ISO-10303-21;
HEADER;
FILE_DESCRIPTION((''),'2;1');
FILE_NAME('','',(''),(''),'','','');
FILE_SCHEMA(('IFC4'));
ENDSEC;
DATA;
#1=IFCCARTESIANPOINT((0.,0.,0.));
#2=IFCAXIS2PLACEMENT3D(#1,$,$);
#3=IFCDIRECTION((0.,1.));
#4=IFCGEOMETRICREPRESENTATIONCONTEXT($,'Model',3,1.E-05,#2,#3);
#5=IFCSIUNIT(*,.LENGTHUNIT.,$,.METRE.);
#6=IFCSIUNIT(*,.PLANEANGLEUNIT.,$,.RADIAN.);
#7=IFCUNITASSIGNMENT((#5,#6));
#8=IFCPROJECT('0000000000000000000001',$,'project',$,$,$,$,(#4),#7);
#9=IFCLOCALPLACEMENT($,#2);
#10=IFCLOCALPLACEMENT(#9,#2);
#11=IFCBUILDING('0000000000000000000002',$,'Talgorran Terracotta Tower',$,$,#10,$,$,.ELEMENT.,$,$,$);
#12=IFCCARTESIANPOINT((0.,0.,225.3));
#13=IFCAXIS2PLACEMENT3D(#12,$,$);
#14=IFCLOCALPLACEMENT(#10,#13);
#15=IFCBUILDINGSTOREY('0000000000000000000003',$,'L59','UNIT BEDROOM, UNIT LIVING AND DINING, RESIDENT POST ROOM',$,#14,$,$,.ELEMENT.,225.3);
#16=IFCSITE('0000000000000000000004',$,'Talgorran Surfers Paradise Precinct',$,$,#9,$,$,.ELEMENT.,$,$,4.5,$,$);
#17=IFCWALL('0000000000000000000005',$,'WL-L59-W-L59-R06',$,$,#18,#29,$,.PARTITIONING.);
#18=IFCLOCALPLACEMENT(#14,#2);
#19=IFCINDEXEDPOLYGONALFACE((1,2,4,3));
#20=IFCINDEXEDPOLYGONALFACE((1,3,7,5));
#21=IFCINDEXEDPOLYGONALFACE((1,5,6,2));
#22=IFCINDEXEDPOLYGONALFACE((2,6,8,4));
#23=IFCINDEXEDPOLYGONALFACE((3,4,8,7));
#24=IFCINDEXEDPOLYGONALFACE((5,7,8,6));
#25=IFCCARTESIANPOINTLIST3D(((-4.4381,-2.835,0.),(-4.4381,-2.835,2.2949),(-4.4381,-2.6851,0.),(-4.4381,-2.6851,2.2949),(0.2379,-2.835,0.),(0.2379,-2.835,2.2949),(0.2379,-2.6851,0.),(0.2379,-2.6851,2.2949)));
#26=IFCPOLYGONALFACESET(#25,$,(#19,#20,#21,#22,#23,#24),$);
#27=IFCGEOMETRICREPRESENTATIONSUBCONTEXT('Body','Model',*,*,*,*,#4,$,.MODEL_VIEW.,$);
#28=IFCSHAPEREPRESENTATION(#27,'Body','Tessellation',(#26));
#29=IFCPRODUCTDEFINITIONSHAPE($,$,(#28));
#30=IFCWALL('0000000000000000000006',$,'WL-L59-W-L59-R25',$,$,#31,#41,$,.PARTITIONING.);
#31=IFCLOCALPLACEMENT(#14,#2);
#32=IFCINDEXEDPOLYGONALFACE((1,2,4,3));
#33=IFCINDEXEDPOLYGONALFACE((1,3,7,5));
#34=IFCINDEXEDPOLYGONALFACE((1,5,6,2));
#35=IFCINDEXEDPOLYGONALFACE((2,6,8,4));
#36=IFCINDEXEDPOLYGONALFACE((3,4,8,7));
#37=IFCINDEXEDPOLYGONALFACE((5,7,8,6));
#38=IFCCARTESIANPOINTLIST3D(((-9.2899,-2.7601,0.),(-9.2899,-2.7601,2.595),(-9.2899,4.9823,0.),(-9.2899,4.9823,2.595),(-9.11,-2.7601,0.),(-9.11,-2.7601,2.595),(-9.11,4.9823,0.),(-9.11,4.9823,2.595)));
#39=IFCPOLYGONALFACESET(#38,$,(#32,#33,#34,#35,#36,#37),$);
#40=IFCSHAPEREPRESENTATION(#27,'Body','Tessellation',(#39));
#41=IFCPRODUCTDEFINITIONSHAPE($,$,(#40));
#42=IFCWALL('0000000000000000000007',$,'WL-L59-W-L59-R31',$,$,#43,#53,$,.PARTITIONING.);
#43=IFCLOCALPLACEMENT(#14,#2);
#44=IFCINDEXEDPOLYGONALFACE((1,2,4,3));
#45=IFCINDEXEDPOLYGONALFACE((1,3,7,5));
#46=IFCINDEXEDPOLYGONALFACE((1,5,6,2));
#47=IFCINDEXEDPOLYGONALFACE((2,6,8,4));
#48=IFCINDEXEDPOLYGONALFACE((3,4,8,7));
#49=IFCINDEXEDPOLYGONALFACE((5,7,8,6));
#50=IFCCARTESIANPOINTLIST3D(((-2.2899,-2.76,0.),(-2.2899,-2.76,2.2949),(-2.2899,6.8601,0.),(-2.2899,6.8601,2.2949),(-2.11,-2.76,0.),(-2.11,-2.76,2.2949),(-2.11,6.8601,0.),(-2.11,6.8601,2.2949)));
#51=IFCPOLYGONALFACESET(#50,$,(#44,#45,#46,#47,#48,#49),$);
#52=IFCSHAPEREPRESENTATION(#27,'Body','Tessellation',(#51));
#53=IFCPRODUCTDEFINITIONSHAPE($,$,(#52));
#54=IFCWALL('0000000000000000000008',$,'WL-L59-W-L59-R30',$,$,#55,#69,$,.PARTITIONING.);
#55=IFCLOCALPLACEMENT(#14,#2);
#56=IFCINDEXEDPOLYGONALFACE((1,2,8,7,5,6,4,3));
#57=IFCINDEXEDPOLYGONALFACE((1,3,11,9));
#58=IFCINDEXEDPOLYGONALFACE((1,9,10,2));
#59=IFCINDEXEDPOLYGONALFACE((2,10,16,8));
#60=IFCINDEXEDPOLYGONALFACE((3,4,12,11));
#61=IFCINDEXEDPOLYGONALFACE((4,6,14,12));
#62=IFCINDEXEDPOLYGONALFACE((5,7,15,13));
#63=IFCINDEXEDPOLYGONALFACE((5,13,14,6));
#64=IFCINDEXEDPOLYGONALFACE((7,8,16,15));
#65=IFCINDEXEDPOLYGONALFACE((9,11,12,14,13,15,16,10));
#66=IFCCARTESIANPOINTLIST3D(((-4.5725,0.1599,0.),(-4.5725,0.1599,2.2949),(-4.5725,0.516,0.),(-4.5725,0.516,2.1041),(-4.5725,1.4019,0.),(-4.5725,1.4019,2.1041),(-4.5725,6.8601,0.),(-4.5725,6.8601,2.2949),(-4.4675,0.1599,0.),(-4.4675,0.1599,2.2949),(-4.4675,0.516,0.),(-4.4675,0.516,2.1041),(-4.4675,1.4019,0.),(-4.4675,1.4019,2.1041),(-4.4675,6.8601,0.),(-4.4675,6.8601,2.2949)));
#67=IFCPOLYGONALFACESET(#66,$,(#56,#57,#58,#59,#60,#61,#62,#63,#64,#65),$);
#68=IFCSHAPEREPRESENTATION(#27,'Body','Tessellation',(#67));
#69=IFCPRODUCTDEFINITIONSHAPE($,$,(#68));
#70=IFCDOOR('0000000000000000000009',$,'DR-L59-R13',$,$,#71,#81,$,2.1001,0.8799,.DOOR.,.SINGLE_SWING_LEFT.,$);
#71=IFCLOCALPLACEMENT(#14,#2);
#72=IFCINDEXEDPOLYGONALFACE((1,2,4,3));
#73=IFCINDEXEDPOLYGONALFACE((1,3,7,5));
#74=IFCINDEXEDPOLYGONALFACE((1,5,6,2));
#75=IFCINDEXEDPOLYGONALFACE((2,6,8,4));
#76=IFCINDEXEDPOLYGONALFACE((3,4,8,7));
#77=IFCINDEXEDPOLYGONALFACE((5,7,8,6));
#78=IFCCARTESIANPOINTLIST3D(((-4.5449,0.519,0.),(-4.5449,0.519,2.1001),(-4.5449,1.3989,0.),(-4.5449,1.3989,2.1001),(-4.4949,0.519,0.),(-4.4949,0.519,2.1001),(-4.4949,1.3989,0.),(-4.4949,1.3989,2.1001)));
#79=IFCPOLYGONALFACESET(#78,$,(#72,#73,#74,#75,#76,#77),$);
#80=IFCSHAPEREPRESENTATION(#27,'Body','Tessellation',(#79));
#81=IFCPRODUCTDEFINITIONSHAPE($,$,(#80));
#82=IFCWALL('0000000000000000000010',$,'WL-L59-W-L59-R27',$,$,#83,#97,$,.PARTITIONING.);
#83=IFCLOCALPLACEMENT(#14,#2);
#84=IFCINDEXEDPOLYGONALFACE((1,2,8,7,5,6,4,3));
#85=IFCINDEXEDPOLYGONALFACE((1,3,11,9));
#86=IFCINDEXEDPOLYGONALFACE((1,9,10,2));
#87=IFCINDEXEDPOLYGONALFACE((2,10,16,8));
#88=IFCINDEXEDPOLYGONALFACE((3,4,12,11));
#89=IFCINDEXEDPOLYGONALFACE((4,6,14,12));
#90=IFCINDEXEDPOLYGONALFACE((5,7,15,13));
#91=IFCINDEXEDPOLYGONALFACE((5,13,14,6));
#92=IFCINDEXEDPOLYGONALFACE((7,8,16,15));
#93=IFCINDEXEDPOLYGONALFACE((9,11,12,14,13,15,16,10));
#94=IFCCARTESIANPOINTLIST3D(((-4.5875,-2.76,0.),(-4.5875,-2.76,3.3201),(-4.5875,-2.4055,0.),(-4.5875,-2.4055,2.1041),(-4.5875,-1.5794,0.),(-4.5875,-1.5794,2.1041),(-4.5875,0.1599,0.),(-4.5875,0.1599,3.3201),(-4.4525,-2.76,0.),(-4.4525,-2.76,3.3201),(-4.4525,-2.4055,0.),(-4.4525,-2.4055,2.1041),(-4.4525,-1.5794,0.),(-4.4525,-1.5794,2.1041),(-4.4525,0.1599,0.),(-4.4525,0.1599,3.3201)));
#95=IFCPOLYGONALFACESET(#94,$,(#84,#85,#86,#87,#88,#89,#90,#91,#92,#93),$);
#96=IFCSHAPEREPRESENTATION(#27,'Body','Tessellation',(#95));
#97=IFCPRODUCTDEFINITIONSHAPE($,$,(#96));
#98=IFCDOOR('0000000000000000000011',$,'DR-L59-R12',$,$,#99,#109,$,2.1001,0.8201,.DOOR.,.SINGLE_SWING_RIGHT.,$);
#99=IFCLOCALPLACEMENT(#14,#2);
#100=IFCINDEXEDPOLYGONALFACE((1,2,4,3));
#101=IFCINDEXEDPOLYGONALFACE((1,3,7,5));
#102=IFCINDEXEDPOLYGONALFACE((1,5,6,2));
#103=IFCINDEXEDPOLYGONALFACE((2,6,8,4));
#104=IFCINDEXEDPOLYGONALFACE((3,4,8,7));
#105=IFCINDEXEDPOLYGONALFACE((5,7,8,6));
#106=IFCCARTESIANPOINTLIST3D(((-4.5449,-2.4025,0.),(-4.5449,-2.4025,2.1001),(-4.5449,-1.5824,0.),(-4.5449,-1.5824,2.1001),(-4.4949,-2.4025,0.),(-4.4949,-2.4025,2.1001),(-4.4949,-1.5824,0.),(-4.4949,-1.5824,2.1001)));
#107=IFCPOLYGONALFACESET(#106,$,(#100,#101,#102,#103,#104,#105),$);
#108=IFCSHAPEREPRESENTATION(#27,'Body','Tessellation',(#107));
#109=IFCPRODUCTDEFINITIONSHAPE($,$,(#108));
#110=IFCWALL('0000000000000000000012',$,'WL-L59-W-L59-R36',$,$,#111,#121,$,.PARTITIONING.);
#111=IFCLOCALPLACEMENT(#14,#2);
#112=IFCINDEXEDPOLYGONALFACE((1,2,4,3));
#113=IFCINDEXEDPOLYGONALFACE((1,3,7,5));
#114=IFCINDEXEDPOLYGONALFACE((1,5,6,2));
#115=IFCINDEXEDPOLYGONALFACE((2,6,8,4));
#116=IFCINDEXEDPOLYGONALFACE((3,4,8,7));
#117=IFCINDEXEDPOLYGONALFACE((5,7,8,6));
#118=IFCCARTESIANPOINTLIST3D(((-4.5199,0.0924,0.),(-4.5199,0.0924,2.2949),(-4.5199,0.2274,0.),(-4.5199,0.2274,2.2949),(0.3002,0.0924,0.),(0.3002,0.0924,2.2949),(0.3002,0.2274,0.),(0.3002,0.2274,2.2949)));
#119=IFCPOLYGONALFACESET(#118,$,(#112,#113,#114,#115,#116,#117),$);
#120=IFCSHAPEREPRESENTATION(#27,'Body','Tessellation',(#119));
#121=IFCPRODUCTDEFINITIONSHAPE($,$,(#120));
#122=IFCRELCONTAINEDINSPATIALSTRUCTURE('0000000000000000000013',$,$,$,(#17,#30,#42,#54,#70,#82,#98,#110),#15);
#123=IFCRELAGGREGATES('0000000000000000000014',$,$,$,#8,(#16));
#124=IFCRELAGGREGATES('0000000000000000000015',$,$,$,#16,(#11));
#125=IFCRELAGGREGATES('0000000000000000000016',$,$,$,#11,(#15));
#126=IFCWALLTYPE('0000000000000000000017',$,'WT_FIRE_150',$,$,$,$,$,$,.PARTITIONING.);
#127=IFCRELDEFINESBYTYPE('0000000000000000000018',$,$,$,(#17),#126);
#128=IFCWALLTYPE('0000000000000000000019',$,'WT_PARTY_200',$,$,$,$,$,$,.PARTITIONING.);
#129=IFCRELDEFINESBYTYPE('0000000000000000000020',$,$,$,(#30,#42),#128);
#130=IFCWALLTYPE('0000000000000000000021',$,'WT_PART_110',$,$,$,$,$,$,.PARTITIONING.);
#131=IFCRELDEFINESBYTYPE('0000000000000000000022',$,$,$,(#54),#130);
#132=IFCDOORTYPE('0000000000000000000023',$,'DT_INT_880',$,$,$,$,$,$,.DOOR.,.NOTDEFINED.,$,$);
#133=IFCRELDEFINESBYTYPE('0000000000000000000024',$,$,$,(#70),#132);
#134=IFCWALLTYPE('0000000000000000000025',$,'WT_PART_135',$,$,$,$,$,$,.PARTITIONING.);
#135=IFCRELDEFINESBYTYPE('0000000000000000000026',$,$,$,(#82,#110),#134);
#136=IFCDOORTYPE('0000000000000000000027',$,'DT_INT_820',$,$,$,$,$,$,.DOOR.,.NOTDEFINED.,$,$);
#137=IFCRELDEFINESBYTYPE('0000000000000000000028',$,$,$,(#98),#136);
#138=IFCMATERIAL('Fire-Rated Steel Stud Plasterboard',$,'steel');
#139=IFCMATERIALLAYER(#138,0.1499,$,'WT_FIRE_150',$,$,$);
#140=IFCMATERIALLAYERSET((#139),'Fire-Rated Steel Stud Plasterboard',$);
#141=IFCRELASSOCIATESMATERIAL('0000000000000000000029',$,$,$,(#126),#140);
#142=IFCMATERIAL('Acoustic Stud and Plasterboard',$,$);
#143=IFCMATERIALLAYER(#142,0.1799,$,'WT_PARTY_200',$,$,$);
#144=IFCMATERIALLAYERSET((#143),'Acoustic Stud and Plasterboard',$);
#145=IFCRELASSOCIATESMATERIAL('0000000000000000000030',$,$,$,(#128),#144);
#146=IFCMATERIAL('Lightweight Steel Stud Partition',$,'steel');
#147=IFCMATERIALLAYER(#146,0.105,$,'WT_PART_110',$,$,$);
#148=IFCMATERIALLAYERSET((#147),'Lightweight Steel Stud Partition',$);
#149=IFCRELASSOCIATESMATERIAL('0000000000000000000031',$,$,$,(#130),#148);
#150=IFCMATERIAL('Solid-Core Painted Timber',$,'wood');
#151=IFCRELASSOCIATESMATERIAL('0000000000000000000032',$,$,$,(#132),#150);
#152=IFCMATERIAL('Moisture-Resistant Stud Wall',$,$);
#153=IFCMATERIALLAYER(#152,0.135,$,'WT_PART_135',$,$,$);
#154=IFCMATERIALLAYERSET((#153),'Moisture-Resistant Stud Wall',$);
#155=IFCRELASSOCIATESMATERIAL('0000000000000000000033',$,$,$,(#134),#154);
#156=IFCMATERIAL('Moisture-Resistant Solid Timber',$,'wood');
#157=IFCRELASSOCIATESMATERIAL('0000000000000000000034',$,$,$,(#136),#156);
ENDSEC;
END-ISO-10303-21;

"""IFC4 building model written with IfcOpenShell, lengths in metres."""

from ifc_helpers import new_model, si_unit, direction, frame, frame_2d, origin, place, context, subcontext, project, spatial, rectangle, extrude, material, layer, layer_set, type_object, element, fill, save


model = new_model("IFC4")

# Units and contexts
model_context = context("Model", 3, precision=1e-05, world=origin(), true_north=direction((0.0, 1.0)))
body_context = subcontext(model_context, "Body", "Model", "MODEL_VIEW")
ifc_project = project(units=[si_unit("LENGTHUNIT", "METRE"), si_unit("PLANEANGLEUNIT", "RADIAN")], contexts=[model_context])

# Site, building, storey
site_placement = place(None, origin())
site = spatial("IfcSite", under=ifc_project, at=site_placement, Name="Talgorran Surfers Paradise Precinct", CompositionType="ELEMENT", RefElevation=4.5)
building_placement = place(site_placement, origin())
building = spatial("IfcBuilding", under=site, at=building_placement, Name="Talgorran Terracotta Tower", CompositionType="ELEMENT")
storey_placement = place(building_placement, frame((0.0, 0.0, 225.3)))
storey = spatial("IfcBuildingStorey", under=building, at=storey_placement, Name="L59", Description="UNIT BEDROOM, UNIT LIVING AND DINING, RESIDENT POST ROOM", CompositionType="ELEMENT", Elevation=225.3)

# Shared definitions
ifc_material_1 = material(Name="Fire-Rated Steel Stud Plasterboard", Category="steel")
ifc_layer_1 = layer(ifc_material_1, 0.1499, Name="WT_FIRE_150")
ifc_layer_set_1 = layer_set([ifc_layer_1], Name="Fire-Rated Steel Stud Plasterboard")
wall_type_1 = type_object("IfcWallType", Name="WT_FIRE_150", PredefinedType="PARTITIONING", material=ifc_layer_set_1)

# Walls
wall_1_placement = place(storey_placement, frame((-4.438, -2.76, 0.0), z_axis=(0.0, 0.0, 1.0), x_axis=(1.0, 0.0, 0.0)))
element("IfcWall", 1, at=wall_1_placement, inside=storey, type_object=wall_type_1, Name="WL-L59-W-L59-R06", PredefinedType="PARTITIONING", context=body_context, shape_type="SweptSolid", body=[
    extrude(rectangle(XDim=4.676, YDim=0.1499, at=frame_2d((2.3379, 0.0))), origin(), (0.0, 0.0, 1.0), 2.2949),
])
ifc_material_2 = material(Name="Acoustic Stud and Plasterboard")
ifc_layer_2 = layer(ifc_material_2, 0.1799, Name="WT_PARTY_200")
ifc_layer_set_2 = layer_set([ifc_layer_2], Name="Acoustic Stud and Plasterboard")
wall_type_2 = type_object("IfcWallType", Name="WT_PARTY_200", PredefinedType="PARTITIONING", material=ifc_layer_set_2)
wall_2_placement = place(storey_placement, frame((-9.2, -2.76, 0.0), z_axis=(0.0, 0.0, 1.0), x_axis=(0.0, 1.0, 0.0)))
element("IfcWall", 2, at=wall_2_placement, inside=storey, type_object=wall_type_2, Name="WL-L59-W-L59-R25", PredefinedType="PARTITIONING", context=body_context, shape_type="SweptSolid", body=[
    extrude(rectangle(XDim=7.7424, YDim=0.1799, at=frame_2d((3.8711, 0.0))), origin(), (0.0, 0.0, 1.0), 2.595),
])
wall_3_placement = place(storey_placement, frame((-2.2, -2.76, 0.0), z_axis=(0.0, 0.0, 1.0), x_axis=(0.0, 1.0, 0.0)))
element("IfcWall", 3, at=wall_3_placement, inside=storey, type_object=wall_type_2, Name="WL-L59-W-L59-R31", PredefinedType="PARTITIONING", context=body_context, shape_type="SweptSolid", body=[
    extrude(rectangle(XDim=9.6201, YDim=0.1799, at=frame_2d((4.8101, 0.0))), origin(), (0.0, 0.0, 1.0), 2.2949),
])

# Walls, openings, doors
ifc_material_3 = material(Name="Lightweight Steel Stud Partition", Category="steel")
ifc_layer_3 = layer(ifc_material_3, 0.105, Name="WT_PART_110")
ifc_layer_set_3 = layer_set([ifc_layer_3], Name="Lightweight Steel Stud Partition")
wall_type_3 = type_object("IfcWallType", Name="WT_PART_110", PredefinedType="PARTITIONING", material=ifc_layer_set_3)
wall_4_placement = place(storey_placement, frame((-4.52, 0.1599, 0.0), z_axis=(0.0, 0.0, 1.0), x_axis=(0.0, 1.0, 0.0)))
wall_4 = element("IfcWall", 4, at=wall_4_placement, inside=storey, type_object=wall_type_3, Name="WL-L59-W-L59-R30", PredefinedType="PARTITIONING", context=body_context, shape_type="SweptSolid", body=[
    extrude(rectangle(XDim=6.7002, YDim=0.105, at=frame_2d((3.3501, 0.0))), origin(), (0.0, 0.0, 1.0), 2.2949),
])
opening_1_placement = place(wall_4_placement, frame((0.3591, 0.0, 0.0)))
opening_1 = element("IfcOpeningElement", 5, at=opening_1_placement, cuts=wall_4, PredefinedType="OPENING", context=body_context, shape_type="SweptSolid", body=[
    extrude(rectangle(XDim=0.8859, YDim=2.1041, at=frame_2d((0.4399, 1.052))), frame((0.0, 0.0625, 0.0), z_axis=(0.0, -1.0, 0.0), x_axis=(1.0, 0.0, 0.0)), (0.0, 0.0, 1.0), 0.125),
])
ifc_material_4 = material(Name="Solid-Core Painted Timber", Category="wood")
door_type_1 = type_object("IfcDoorType", Name="DT_INT_880", OperationType="NOTDEFINED", PredefinedType="DOOR", material=ifc_material_4)
door_1_placement = place(opening_1_placement, origin())
door_1 = element("IfcDoor", 6, at=door_1_placement, inside=storey, type_object=door_type_1, Name="DR-L59-R13", OperationType="SINGLE_SWING_LEFT", OverallHeight=2.1001, OverallWidth=0.8799, PredefinedType="DOOR", context=body_context, shape_type="SweptSolid", body=[
    extrude(rectangle(XDim=0.8799, YDim=2.1001, at=frame_2d((0.4399, 1.05))), frame((0.0, 0.0249, 0.0), z_axis=(0.0, -1.0, 0.0), x_axis=(1.0, 0.0, 0.0)), (0.0, 0.0, 1.0), 0.05),
])
fill(opening_1, door_1)
ifc_material_5 = material(Name="Moisture-Resistant Stud Wall")
ifc_layer_4 = layer(ifc_material_5, 0.135, Name="WT_PART_135")
ifc_layer_set_4 = layer_set([ifc_layer_4], Name="Moisture-Resistant Stud Wall")
wall_type_4 = type_object("IfcWallType", Name="WT_PART_135", PredefinedType="PARTITIONING", material=ifc_layer_set_4)
wall_5_placement = place(storey_placement, frame((-4.52, -2.76, 0.0), z_axis=(0.0, 0.0, 1.0), x_axis=(0.0, 1.0, 0.0)))
wall_5 = element("IfcWall", 7, at=wall_5_placement, inside=storey, type_object=wall_type_4, Name="WL-L59-W-L59-R27", PredefinedType="PARTITIONING", context=body_context, shape_type="SweptSolid", body=[
    extrude(rectangle(XDim=2.9199, YDim=0.135, at=frame_2d((1.46, 0.0))), origin(), (0.0, 0.0, 1.0), 3.3201),
])
opening_2_placement = place(wall_5_placement, frame((0.3574, 0.0, 0.0)))
opening_2 = element("IfcOpeningElement", 8, at=opening_2_placement, cuts=wall_5, PredefinedType="OPENING", context=body_context, shape_type="SweptSolid", body=[
    extrude(rectangle(XDim=0.8261, YDim=2.1041, at=frame_2d((0.4102, 1.052))), frame((0.0, 0.0776, 0.0), z_axis=(0.0, -1.0, 0.0), x_axis=(1.0, 0.0, 0.0)), (0.0, 0.0, 1.0), 0.155),
])
ifc_material_6 = material(Name="Moisture-Resistant Solid Timber", Category="wood")
door_type_2 = type_object("IfcDoorType", Name="DT_INT_820", OperationType="NOTDEFINED", PredefinedType="DOOR", material=ifc_material_6)
door_2_placement = place(opening_2_placement, origin())
door_2 = element("IfcDoor", 9, at=door_2_placement, inside=storey, type_object=door_type_2, Name="DR-L59-R12", OperationType="SINGLE_SWING_RIGHT", OverallHeight=2.1001, OverallWidth=0.8201, PredefinedType="DOOR", context=body_context, shape_type="SweptSolid", body=[
    extrude(rectangle(XDim=0.8201, YDim=2.1001, at=frame_2d((0.4102, 1.05))), frame((0.0, 0.0249, 0.0), z_axis=(0.0, -1.0, 0.0), x_axis=(1.0, 0.0, 0.0)), (0.0, 0.0, 1.0), 0.05),
])
fill(opening_2, door_2)

# Wall
wall_6_placement = place(storey_placement, frame((-4.52, 0.1599, 0.0), z_axis=(0.0, 0.0, 1.0), x_axis=(1.0, 0.0, 0.0)))
element("IfcWall", 10, at=wall_6_placement, inside=storey, type_object=wall_type_4, Name="WL-L59-W-L59-R36", PredefinedType="PARTITIONING", context=body_context, shape_type="SweptSolid", body=[
    extrude(rectangle(XDim=4.8201, YDim=0.135, at=frame_2d((2.4102, 0.0))), origin(), (0.0, 0.0, 1.0), 2.2949),
])

save(model, "model.ifc")
